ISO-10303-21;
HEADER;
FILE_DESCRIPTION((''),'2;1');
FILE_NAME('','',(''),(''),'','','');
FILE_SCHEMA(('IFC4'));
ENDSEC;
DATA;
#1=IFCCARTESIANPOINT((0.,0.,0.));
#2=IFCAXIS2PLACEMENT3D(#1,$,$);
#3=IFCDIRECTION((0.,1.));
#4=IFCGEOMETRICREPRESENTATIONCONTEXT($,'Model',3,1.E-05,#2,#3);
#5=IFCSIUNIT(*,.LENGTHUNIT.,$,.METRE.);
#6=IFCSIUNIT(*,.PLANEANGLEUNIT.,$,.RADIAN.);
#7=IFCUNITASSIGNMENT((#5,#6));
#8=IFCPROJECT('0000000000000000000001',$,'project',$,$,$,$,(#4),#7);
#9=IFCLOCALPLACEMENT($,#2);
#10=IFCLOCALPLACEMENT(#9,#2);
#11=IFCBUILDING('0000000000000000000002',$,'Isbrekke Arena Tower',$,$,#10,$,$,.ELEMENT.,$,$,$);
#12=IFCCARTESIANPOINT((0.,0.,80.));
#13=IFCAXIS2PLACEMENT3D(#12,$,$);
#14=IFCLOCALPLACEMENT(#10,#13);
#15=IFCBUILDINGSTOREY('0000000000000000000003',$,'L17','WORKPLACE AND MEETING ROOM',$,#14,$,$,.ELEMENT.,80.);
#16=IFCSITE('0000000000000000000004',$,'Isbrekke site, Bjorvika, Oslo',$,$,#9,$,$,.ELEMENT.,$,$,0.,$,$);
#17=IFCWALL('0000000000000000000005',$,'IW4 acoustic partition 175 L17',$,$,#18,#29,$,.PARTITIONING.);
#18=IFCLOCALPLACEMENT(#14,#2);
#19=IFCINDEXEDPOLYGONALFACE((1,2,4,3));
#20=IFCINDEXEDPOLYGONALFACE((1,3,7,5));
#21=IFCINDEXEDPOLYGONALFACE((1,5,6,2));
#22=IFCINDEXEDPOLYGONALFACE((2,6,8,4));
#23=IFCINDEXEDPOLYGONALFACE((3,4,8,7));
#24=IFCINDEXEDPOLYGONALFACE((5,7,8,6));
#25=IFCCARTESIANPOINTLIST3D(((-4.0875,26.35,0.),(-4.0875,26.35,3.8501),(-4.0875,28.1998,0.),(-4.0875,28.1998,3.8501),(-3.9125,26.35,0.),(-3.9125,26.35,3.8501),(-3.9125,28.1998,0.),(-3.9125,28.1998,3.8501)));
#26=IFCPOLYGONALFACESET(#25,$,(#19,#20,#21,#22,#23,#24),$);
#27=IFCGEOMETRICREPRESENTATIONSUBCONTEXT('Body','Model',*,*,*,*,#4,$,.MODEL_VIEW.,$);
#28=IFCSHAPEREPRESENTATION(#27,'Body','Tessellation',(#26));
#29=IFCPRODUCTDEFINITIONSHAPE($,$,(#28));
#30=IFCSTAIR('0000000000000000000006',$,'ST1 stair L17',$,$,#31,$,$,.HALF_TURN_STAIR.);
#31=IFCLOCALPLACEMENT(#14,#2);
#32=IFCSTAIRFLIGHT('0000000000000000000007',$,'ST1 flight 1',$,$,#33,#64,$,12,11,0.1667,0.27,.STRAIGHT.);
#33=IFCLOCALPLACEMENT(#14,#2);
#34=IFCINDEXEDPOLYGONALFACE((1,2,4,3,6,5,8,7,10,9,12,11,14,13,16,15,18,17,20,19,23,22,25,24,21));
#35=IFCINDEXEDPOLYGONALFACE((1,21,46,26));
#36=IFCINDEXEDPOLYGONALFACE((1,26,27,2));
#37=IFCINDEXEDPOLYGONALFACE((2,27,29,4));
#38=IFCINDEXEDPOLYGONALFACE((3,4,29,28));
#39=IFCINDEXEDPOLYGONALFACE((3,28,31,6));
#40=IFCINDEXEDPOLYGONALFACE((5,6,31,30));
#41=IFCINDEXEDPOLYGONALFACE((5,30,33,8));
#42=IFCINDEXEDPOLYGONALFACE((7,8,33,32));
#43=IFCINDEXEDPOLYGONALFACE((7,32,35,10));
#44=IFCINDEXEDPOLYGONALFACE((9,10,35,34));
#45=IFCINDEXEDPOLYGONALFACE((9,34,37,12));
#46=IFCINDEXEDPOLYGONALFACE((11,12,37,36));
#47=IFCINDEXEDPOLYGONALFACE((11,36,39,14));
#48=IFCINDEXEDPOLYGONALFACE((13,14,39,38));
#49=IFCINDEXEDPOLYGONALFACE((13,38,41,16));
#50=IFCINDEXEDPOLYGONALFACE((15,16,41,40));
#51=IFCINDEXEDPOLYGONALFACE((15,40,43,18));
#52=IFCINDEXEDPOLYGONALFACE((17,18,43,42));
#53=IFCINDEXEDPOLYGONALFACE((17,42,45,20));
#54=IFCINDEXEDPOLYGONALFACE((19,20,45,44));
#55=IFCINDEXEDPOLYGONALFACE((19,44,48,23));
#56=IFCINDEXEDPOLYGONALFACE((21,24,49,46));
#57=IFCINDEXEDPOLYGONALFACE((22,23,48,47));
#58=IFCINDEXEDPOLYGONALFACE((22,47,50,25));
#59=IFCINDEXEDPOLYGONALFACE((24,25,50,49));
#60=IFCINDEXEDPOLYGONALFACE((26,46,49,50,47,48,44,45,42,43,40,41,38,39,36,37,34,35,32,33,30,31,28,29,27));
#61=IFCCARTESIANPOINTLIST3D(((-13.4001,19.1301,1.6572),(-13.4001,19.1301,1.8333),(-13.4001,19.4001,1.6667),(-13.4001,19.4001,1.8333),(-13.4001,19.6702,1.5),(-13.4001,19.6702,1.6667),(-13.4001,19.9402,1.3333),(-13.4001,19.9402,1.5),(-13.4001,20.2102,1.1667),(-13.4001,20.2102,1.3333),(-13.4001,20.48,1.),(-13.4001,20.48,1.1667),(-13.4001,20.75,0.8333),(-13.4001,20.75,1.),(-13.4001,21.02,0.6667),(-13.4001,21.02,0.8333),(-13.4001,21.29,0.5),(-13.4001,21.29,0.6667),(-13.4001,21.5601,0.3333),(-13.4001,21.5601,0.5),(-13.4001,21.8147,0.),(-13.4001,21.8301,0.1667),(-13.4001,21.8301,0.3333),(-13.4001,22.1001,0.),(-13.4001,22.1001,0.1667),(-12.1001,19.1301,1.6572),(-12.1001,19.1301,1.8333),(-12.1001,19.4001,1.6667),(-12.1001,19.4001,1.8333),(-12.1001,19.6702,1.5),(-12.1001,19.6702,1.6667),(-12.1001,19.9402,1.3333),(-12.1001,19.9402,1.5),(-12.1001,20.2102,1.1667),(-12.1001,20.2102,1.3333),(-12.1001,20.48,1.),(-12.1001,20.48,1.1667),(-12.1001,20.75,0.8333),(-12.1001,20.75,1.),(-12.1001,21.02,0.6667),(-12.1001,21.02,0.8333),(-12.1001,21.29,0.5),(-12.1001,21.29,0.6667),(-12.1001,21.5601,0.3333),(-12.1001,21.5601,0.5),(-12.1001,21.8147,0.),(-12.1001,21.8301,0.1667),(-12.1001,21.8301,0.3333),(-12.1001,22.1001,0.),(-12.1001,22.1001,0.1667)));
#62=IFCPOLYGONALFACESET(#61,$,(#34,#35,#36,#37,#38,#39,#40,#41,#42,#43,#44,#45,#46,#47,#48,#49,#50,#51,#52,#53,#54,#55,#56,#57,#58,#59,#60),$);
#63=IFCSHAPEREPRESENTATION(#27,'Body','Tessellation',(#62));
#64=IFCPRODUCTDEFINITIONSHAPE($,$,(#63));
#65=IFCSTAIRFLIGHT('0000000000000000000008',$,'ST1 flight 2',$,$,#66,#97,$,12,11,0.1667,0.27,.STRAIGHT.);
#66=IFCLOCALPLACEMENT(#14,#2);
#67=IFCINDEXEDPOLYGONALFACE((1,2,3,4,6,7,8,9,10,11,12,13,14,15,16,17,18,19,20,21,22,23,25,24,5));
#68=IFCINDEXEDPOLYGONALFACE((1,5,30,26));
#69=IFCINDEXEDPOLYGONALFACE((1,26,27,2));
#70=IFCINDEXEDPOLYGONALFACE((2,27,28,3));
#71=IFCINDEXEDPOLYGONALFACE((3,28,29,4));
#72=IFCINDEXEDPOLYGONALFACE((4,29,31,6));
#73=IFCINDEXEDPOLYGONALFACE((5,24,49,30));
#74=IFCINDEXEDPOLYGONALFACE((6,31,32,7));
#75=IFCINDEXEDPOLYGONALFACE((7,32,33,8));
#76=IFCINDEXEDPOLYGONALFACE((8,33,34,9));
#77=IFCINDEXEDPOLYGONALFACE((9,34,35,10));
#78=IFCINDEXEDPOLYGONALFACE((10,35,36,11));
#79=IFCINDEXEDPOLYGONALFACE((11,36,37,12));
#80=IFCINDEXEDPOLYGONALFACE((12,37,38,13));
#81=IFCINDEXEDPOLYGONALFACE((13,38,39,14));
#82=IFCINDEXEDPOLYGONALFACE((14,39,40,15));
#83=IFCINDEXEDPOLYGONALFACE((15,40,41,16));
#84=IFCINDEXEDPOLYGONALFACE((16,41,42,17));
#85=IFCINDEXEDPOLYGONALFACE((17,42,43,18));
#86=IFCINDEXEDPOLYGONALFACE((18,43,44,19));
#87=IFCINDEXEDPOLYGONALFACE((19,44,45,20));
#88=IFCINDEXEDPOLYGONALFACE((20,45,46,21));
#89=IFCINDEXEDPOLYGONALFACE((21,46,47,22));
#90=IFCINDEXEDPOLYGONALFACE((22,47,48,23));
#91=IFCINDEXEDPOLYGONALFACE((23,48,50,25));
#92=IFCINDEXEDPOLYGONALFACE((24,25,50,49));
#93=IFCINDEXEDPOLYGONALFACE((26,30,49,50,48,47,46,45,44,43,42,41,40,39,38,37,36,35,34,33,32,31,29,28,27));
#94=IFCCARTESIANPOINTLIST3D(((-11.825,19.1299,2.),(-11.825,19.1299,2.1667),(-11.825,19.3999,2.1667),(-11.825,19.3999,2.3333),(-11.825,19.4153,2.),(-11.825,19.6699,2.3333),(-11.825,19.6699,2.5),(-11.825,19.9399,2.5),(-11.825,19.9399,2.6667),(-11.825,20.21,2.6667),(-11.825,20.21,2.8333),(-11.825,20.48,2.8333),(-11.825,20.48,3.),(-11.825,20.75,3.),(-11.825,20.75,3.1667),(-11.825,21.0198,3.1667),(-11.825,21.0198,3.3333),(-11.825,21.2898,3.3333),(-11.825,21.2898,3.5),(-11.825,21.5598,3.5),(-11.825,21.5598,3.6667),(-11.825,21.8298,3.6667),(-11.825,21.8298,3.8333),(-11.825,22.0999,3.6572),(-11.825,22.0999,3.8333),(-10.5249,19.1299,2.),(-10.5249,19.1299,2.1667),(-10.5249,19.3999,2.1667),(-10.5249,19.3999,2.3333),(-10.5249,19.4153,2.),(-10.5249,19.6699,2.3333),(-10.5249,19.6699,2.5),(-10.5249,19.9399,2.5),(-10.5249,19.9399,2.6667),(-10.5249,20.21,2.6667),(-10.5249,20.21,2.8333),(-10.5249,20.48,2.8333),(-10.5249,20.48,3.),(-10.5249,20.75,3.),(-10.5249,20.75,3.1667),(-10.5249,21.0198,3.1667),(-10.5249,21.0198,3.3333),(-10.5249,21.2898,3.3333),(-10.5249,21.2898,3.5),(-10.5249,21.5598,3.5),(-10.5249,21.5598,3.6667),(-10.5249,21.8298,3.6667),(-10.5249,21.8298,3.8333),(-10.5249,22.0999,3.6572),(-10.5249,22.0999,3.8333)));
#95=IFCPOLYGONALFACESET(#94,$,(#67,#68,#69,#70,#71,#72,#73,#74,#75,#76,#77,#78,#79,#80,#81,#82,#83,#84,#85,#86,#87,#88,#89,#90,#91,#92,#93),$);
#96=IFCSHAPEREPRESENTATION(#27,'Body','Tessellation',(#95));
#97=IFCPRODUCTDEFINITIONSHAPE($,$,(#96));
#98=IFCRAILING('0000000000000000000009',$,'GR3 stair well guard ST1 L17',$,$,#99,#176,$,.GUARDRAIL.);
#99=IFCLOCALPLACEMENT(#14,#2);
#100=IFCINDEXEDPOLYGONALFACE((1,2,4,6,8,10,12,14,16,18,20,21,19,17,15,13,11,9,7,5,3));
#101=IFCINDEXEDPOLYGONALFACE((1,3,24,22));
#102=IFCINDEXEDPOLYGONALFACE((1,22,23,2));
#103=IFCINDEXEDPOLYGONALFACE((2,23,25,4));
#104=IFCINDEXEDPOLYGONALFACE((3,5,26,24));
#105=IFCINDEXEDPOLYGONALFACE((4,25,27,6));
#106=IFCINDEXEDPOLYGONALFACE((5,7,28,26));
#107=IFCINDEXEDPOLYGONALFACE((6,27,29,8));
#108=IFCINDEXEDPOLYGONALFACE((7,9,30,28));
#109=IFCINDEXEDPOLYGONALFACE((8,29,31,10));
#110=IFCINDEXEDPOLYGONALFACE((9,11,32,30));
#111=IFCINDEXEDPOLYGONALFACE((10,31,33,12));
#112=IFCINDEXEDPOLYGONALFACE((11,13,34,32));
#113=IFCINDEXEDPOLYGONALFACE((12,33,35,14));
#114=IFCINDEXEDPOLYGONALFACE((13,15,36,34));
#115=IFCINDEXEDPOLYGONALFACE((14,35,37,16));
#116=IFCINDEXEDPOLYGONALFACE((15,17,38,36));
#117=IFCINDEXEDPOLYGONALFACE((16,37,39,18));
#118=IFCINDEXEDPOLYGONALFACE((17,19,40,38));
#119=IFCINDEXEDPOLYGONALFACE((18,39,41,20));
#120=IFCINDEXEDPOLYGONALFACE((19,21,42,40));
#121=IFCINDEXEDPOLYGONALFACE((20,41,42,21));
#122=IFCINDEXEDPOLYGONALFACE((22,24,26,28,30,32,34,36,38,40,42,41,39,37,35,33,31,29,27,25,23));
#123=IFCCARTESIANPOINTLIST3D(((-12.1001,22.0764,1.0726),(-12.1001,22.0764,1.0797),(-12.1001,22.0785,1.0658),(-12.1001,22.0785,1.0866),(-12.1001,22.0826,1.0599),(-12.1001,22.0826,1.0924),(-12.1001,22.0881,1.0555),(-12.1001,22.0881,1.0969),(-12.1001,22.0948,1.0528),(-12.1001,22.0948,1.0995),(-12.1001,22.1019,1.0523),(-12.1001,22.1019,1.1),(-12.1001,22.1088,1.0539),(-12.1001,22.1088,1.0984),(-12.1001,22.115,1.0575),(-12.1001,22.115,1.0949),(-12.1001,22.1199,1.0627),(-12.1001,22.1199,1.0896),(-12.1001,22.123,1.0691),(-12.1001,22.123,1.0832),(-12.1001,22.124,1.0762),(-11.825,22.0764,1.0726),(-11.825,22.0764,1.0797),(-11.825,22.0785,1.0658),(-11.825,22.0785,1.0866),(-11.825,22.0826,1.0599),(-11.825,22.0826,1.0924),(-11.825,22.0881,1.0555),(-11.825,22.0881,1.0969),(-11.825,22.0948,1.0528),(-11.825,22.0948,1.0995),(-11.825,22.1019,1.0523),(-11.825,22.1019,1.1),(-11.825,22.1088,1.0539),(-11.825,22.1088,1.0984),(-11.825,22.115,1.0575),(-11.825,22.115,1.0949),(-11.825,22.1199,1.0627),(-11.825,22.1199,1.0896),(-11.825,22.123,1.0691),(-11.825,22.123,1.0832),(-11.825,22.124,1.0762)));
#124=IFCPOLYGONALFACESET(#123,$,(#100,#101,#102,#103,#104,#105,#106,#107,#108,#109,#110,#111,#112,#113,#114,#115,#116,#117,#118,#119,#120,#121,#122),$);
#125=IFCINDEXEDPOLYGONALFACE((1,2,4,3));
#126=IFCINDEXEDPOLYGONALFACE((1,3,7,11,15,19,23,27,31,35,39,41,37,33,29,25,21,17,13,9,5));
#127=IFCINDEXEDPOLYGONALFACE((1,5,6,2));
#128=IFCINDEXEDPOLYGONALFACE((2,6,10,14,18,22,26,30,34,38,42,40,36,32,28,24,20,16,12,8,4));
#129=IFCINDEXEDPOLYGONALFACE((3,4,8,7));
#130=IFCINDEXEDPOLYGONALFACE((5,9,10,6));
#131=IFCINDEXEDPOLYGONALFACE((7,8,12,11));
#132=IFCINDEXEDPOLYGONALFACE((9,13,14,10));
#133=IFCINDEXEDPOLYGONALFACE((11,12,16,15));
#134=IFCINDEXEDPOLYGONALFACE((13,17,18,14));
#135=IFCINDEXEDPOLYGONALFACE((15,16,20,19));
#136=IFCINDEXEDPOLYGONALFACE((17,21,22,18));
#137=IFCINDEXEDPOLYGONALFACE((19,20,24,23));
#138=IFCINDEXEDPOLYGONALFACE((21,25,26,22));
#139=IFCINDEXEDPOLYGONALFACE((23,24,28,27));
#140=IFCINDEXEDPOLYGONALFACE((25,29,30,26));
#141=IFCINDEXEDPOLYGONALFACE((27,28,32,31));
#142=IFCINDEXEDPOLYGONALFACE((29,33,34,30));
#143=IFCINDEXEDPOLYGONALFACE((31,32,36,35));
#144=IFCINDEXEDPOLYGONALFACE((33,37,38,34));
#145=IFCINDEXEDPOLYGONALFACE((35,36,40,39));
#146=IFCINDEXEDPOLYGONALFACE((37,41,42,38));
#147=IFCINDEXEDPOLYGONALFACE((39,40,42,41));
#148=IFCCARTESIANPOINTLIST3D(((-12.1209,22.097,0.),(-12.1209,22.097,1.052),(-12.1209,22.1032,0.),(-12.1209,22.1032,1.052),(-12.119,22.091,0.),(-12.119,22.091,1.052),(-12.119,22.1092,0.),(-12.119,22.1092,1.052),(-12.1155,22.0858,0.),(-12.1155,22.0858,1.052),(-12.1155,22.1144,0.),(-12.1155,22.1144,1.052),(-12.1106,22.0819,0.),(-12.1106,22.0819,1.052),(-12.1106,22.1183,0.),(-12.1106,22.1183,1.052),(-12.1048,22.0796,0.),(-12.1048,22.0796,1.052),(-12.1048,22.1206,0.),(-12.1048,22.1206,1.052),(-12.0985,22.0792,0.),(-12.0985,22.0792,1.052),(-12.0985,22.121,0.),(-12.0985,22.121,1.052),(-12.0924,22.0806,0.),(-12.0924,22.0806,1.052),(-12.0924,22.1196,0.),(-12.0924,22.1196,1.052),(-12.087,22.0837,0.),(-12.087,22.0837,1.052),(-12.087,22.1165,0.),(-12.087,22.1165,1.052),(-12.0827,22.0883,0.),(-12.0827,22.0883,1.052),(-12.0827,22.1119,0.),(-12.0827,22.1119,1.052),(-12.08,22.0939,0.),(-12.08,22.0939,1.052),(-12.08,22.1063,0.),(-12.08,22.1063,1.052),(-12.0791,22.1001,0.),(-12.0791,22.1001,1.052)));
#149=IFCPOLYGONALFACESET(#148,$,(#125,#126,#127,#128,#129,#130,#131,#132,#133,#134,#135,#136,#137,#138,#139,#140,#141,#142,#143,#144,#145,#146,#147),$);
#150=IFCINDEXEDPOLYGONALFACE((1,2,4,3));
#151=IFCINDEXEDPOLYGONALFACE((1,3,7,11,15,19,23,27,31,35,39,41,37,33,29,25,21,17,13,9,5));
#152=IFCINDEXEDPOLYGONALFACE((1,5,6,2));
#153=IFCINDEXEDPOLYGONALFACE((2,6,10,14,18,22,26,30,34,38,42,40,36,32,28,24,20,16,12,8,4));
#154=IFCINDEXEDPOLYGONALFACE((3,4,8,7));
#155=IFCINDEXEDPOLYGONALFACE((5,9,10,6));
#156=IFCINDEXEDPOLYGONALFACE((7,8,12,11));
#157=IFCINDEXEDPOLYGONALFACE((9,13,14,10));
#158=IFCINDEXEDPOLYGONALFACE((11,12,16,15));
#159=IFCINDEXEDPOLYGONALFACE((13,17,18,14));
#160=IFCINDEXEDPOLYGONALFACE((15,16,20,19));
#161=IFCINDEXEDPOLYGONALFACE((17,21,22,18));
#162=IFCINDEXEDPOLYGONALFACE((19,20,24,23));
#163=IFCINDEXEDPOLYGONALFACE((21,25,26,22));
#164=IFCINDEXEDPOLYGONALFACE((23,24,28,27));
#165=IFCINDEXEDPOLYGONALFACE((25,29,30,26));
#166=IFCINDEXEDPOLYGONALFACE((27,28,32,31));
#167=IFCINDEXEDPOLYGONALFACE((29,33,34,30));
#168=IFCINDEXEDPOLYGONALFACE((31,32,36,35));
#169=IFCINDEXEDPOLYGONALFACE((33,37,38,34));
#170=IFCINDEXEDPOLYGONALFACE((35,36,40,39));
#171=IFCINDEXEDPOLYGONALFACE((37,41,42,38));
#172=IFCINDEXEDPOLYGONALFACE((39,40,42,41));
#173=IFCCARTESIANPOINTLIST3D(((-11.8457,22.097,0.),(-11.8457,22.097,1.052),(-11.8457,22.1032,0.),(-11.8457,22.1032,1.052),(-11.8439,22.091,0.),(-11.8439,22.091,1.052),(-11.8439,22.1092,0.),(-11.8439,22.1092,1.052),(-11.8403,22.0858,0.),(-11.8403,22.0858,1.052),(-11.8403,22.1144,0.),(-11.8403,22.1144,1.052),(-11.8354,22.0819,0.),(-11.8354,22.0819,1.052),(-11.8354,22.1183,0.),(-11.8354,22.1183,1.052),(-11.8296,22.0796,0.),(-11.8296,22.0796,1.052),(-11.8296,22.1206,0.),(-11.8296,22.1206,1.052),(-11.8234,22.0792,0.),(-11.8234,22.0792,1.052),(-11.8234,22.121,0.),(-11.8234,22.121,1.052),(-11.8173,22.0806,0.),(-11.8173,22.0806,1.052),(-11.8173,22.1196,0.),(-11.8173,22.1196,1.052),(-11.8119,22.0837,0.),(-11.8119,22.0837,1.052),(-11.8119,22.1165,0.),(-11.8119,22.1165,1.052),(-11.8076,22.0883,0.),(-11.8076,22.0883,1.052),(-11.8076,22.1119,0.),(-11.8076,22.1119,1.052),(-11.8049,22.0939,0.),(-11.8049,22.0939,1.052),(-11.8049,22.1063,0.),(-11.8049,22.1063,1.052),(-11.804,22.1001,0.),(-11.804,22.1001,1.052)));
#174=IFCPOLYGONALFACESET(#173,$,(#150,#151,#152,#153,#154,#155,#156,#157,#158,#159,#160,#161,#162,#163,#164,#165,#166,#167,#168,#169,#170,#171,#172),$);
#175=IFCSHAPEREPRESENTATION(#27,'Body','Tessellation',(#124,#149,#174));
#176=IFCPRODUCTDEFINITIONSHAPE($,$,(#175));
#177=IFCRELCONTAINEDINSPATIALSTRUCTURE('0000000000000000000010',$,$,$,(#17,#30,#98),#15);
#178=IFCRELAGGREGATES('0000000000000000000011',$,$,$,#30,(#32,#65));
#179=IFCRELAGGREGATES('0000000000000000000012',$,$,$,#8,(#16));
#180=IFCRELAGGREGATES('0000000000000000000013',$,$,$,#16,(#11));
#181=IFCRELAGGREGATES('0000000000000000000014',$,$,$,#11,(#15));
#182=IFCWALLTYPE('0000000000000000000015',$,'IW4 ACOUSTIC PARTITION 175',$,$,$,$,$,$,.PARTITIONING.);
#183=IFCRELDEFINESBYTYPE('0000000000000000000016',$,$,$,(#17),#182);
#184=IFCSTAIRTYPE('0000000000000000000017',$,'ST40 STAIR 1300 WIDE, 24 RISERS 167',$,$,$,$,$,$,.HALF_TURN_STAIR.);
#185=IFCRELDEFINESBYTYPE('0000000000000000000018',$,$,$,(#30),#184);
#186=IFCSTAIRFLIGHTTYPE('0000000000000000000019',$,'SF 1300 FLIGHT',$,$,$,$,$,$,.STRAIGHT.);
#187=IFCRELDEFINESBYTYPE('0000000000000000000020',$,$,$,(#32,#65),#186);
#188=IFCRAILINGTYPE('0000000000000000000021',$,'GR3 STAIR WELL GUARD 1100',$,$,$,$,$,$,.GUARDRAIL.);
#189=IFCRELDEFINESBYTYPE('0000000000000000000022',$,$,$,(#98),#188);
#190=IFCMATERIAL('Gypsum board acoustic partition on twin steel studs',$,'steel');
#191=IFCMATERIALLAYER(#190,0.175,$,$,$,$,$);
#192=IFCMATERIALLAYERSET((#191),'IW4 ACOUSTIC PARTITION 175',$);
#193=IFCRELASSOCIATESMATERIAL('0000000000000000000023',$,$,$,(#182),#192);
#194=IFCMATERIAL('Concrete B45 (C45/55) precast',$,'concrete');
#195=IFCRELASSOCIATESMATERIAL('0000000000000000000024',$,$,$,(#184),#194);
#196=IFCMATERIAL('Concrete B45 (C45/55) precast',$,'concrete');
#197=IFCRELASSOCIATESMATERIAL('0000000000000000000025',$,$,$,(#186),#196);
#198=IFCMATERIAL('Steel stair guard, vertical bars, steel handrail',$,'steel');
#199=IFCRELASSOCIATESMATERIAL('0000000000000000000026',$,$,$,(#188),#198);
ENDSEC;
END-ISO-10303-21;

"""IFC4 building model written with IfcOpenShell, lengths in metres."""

from ifc_helpers import new_model, si_unit, direction, frame, frame_2d, origin, origin_2d, place, context, subcontext, project, spatial, polyline, rectangle, circle, outline, extrude, material, layer, layer_set, type_object, element, aggregate, save


model = new_model("IFC4")

# Units and contexts
model_context = context("Model", 3, precision=1e-05, world=origin(), true_north=direction((0.0, 1.0)))
body_context = subcontext(model_context, "Body", "Model", "MODEL_VIEW")
ifc_project = project(units=[si_unit("LENGTHUNIT", "METRE"), si_unit("PLANEANGLEUNIT", "RADIAN")], contexts=[model_context])

# Site, building, storey
site_placement = place(None, origin())
site = spatial("IfcSite", under=ifc_project, at=site_placement, Name="Isbrekke site, Bjorvika, Oslo", CompositionType="ELEMENT", RefElevation=0.0)
building_placement = place(site_placement, origin())
building = spatial("IfcBuilding", under=site, at=building_placement, Name="Isbrekke Arena Tower", CompositionType="ELEMENT")
storey_placement = place(building_placement, frame((0.0, 0.0, 80.0)))
storey = spatial("IfcBuildingStorey", under=building, at=storey_placement, Name="L17", Description="WORKPLACE AND MEETING ROOM", CompositionType="ELEMENT", Elevation=80.0)

# Wall
ifc_material_1 = material(Name="Gypsum board acoustic partition on twin steel studs", Category="steel")
ifc_layer_1 = layer(ifc_material_1, 0.175)
ifc_layer_set_1 = layer_set([ifc_layer_1], Name="IW4 ACOUSTIC PARTITION 175")
wall_type_1 = type_object("IfcWallType", Name="IW4 ACOUSTIC PARTITION 175", PredefinedType="PARTITIONING", material=ifc_layer_set_1)
wall_1_placement = place(storey_placement, frame((-4.0, 26.3501, 0.0), z_axis=(0.0, 0.0, 1.0), x_axis=(0.0, 1.0, 0.0)))
element("IfcWall", 1, at=wall_1_placement, inside=storey, type_object=wall_type_1, Name="IW4 acoustic partition 175 L17", PredefinedType="PARTITIONING", context=body_context, shape_type="SweptSolid", body=[
    extrude(rectangle(XDim=1.8499, YDim=0.175, at=frame_2d((0.9248, 0.0))), origin(), (0.0, 0.0, 1.0), 3.8501),
])

# Stair, stair flights
ifc_material_2 = material(Name="Concrete B45 (C45/55) precast", Category="concrete")
stair_type = type_object("IfcStairType", Name="ST40 STAIR 1300 WIDE, 24 RISERS 167", PredefinedType="HALF_TURN_STAIR", material=ifc_material_2)
stair_placement = place(storey_placement, origin())
stair = element("IfcStair", 2, at=stair_placement, inside=storey, type_object=stair_type, Name="ST1 stair L17", PredefinedType="HALF_TURN_STAIR")
ifc_material_3 = material(Name="Concrete B45 (C45/55) precast", Category="concrete")
stair_flight_type = type_object("IfcStairFlightType", Name="SF 1300 FLIGHT", PredefinedType="STRAIGHT", material=ifc_material_3)
stair_flight_1_placement = place(storey_placement, frame((-12.75, 22.1001, 0.0), z_axis=(0.0, 0.0, 1.0), x_axis=(0.0, -1.0, 0.0)))
stair_flight_1 = element("IfcStairFlight", 3, at=stair_flight_1_placement, type_object=stair_flight_type, Name="ST1 flight 1", NumberOfRisers=12, NumberOfTreads=11, PredefinedType="STRAIGHT", RiserHeight=0.1667, TreadLength=0.27, context=body_context, shape_type="SweptSolid", body=[
    extrude(outline(polyline([(0.0, 0.0), (0.0, 0.1667), (0.27, 0.1667), (0.27, 0.3333), (0.54, 0.3333), (0.54, 0.5), (0.8101, 0.5), (0.8101, 0.6667), (1.0801, 0.6667), (1.0801, 0.8333), (1.3501, 0.8333), (1.3501, 1.0), (1.6201, 1.0), (1.6201, 1.1667), (1.8899, 1.1667), (1.8899, 1.3333), (2.1599, 1.3333), (2.1599, 1.5), (2.4299, 1.5), (2.4299, 1.6667), (2.7, 1.6667), (2.7, 1.8333), (2.97, 1.8333), (2.97, 2.0), (2.97, 1.6572), (0.2854, 0.0), (0.0, 0.0)])), frame((0.0, 0.6499, 0.0), z_axis=(0.0, -1.0, 0.0), x_axis=(1.0, 0.0, 0.0)), (0.0, 0.0, 1.0), 1.3),
])
stair_flight_2_placement = place(storey_placement, frame((-11.175, 19.1299, 2.0), z_axis=(0.0, 0.0, 1.0), x_axis=(0.0, 1.0, 0.0)))
stair_flight_2 = element("IfcStairFlight", 4, at=stair_flight_2_placement, type_object=stair_flight_type, Name="ST1 flight 2", NumberOfRisers=12, NumberOfTreads=11, PredefinedType="STRAIGHT", RiserHeight=0.1667, TreadLength=0.27, context=body_context, shape_type="SweptSolid", body=[
    extrude(outline(polyline([(0.0, 0.0), (0.0, 0.1667), (0.27, 0.1667), (0.27, 0.3333), (0.54, 0.3333), (0.54, 0.5), (0.8101, 0.5), (0.8101, 0.6667), (1.0801, 0.6667), (1.0801, 0.8333), (1.3501, 0.8333), (1.3501, 1.0), (1.6201, 1.0), (1.6201, 1.1667), (1.8899, 1.1667), (1.8899, 1.3333), (2.1599, 1.3333), (2.1599, 1.5), (2.4299, 1.5), (2.4299, 1.6667), (2.7, 1.6667), (2.7, 1.8333), (2.97, 1.8333), (2.97, 2.0), (2.97, 1.6572), (0.2854, 0.0), (0.0, 0.0)])), frame((0.0, 0.6499, 0.0), z_axis=(0.0, -1.0, 0.0), x_axis=(1.0, 0.0, 0.0)), (0.0, 0.0, 1.0), 1.3),
])
aggregate(stair, [stair_flight_1, stair_flight_2])

# Railing
ifc_material_4 = material(Name="Steel stair guard, vertical bars, steel handrail", Category="steel")
railing_type = type_object("IfcRailingType", Name="GR3 STAIR WELL GUARD 1100", PredefinedType="GUARDRAIL", material=ifc_material_4)
for number, where, name in (
    (5, (-12.1001, 22.1001, 0.0), "GR3 stair well guard ST1 L17"),
):
    element("IfcRailing", number, at=place(storey_placement, frame(where)), inside=storey, type_object=railing_type, Name=name, PredefinedType="GUARDRAIL", context=body_context, shape_type="SweptSolid", body=[
        extrude(circle(Radius=0.0239, at=origin_2d()), frame((0.0, 0.0, 1.0762), z_axis=(1.0, 0.0, 0.0), x_axis=(0.0, 1.0, 0.0)), (0.0, 0.0, 1.0), 0.2751),
        extrude(circle(Radius=0.021, at=origin_2d()), origin(), (0.0, 0.0, 1.0), 1.052),
        extrude(circle(Radius=0.021, at=origin_2d()), frame((0.2751, 0.0, 0.0)), (0.0, 0.0, 1.0), 1.052),
    ])

save(model, "model.ifc")
